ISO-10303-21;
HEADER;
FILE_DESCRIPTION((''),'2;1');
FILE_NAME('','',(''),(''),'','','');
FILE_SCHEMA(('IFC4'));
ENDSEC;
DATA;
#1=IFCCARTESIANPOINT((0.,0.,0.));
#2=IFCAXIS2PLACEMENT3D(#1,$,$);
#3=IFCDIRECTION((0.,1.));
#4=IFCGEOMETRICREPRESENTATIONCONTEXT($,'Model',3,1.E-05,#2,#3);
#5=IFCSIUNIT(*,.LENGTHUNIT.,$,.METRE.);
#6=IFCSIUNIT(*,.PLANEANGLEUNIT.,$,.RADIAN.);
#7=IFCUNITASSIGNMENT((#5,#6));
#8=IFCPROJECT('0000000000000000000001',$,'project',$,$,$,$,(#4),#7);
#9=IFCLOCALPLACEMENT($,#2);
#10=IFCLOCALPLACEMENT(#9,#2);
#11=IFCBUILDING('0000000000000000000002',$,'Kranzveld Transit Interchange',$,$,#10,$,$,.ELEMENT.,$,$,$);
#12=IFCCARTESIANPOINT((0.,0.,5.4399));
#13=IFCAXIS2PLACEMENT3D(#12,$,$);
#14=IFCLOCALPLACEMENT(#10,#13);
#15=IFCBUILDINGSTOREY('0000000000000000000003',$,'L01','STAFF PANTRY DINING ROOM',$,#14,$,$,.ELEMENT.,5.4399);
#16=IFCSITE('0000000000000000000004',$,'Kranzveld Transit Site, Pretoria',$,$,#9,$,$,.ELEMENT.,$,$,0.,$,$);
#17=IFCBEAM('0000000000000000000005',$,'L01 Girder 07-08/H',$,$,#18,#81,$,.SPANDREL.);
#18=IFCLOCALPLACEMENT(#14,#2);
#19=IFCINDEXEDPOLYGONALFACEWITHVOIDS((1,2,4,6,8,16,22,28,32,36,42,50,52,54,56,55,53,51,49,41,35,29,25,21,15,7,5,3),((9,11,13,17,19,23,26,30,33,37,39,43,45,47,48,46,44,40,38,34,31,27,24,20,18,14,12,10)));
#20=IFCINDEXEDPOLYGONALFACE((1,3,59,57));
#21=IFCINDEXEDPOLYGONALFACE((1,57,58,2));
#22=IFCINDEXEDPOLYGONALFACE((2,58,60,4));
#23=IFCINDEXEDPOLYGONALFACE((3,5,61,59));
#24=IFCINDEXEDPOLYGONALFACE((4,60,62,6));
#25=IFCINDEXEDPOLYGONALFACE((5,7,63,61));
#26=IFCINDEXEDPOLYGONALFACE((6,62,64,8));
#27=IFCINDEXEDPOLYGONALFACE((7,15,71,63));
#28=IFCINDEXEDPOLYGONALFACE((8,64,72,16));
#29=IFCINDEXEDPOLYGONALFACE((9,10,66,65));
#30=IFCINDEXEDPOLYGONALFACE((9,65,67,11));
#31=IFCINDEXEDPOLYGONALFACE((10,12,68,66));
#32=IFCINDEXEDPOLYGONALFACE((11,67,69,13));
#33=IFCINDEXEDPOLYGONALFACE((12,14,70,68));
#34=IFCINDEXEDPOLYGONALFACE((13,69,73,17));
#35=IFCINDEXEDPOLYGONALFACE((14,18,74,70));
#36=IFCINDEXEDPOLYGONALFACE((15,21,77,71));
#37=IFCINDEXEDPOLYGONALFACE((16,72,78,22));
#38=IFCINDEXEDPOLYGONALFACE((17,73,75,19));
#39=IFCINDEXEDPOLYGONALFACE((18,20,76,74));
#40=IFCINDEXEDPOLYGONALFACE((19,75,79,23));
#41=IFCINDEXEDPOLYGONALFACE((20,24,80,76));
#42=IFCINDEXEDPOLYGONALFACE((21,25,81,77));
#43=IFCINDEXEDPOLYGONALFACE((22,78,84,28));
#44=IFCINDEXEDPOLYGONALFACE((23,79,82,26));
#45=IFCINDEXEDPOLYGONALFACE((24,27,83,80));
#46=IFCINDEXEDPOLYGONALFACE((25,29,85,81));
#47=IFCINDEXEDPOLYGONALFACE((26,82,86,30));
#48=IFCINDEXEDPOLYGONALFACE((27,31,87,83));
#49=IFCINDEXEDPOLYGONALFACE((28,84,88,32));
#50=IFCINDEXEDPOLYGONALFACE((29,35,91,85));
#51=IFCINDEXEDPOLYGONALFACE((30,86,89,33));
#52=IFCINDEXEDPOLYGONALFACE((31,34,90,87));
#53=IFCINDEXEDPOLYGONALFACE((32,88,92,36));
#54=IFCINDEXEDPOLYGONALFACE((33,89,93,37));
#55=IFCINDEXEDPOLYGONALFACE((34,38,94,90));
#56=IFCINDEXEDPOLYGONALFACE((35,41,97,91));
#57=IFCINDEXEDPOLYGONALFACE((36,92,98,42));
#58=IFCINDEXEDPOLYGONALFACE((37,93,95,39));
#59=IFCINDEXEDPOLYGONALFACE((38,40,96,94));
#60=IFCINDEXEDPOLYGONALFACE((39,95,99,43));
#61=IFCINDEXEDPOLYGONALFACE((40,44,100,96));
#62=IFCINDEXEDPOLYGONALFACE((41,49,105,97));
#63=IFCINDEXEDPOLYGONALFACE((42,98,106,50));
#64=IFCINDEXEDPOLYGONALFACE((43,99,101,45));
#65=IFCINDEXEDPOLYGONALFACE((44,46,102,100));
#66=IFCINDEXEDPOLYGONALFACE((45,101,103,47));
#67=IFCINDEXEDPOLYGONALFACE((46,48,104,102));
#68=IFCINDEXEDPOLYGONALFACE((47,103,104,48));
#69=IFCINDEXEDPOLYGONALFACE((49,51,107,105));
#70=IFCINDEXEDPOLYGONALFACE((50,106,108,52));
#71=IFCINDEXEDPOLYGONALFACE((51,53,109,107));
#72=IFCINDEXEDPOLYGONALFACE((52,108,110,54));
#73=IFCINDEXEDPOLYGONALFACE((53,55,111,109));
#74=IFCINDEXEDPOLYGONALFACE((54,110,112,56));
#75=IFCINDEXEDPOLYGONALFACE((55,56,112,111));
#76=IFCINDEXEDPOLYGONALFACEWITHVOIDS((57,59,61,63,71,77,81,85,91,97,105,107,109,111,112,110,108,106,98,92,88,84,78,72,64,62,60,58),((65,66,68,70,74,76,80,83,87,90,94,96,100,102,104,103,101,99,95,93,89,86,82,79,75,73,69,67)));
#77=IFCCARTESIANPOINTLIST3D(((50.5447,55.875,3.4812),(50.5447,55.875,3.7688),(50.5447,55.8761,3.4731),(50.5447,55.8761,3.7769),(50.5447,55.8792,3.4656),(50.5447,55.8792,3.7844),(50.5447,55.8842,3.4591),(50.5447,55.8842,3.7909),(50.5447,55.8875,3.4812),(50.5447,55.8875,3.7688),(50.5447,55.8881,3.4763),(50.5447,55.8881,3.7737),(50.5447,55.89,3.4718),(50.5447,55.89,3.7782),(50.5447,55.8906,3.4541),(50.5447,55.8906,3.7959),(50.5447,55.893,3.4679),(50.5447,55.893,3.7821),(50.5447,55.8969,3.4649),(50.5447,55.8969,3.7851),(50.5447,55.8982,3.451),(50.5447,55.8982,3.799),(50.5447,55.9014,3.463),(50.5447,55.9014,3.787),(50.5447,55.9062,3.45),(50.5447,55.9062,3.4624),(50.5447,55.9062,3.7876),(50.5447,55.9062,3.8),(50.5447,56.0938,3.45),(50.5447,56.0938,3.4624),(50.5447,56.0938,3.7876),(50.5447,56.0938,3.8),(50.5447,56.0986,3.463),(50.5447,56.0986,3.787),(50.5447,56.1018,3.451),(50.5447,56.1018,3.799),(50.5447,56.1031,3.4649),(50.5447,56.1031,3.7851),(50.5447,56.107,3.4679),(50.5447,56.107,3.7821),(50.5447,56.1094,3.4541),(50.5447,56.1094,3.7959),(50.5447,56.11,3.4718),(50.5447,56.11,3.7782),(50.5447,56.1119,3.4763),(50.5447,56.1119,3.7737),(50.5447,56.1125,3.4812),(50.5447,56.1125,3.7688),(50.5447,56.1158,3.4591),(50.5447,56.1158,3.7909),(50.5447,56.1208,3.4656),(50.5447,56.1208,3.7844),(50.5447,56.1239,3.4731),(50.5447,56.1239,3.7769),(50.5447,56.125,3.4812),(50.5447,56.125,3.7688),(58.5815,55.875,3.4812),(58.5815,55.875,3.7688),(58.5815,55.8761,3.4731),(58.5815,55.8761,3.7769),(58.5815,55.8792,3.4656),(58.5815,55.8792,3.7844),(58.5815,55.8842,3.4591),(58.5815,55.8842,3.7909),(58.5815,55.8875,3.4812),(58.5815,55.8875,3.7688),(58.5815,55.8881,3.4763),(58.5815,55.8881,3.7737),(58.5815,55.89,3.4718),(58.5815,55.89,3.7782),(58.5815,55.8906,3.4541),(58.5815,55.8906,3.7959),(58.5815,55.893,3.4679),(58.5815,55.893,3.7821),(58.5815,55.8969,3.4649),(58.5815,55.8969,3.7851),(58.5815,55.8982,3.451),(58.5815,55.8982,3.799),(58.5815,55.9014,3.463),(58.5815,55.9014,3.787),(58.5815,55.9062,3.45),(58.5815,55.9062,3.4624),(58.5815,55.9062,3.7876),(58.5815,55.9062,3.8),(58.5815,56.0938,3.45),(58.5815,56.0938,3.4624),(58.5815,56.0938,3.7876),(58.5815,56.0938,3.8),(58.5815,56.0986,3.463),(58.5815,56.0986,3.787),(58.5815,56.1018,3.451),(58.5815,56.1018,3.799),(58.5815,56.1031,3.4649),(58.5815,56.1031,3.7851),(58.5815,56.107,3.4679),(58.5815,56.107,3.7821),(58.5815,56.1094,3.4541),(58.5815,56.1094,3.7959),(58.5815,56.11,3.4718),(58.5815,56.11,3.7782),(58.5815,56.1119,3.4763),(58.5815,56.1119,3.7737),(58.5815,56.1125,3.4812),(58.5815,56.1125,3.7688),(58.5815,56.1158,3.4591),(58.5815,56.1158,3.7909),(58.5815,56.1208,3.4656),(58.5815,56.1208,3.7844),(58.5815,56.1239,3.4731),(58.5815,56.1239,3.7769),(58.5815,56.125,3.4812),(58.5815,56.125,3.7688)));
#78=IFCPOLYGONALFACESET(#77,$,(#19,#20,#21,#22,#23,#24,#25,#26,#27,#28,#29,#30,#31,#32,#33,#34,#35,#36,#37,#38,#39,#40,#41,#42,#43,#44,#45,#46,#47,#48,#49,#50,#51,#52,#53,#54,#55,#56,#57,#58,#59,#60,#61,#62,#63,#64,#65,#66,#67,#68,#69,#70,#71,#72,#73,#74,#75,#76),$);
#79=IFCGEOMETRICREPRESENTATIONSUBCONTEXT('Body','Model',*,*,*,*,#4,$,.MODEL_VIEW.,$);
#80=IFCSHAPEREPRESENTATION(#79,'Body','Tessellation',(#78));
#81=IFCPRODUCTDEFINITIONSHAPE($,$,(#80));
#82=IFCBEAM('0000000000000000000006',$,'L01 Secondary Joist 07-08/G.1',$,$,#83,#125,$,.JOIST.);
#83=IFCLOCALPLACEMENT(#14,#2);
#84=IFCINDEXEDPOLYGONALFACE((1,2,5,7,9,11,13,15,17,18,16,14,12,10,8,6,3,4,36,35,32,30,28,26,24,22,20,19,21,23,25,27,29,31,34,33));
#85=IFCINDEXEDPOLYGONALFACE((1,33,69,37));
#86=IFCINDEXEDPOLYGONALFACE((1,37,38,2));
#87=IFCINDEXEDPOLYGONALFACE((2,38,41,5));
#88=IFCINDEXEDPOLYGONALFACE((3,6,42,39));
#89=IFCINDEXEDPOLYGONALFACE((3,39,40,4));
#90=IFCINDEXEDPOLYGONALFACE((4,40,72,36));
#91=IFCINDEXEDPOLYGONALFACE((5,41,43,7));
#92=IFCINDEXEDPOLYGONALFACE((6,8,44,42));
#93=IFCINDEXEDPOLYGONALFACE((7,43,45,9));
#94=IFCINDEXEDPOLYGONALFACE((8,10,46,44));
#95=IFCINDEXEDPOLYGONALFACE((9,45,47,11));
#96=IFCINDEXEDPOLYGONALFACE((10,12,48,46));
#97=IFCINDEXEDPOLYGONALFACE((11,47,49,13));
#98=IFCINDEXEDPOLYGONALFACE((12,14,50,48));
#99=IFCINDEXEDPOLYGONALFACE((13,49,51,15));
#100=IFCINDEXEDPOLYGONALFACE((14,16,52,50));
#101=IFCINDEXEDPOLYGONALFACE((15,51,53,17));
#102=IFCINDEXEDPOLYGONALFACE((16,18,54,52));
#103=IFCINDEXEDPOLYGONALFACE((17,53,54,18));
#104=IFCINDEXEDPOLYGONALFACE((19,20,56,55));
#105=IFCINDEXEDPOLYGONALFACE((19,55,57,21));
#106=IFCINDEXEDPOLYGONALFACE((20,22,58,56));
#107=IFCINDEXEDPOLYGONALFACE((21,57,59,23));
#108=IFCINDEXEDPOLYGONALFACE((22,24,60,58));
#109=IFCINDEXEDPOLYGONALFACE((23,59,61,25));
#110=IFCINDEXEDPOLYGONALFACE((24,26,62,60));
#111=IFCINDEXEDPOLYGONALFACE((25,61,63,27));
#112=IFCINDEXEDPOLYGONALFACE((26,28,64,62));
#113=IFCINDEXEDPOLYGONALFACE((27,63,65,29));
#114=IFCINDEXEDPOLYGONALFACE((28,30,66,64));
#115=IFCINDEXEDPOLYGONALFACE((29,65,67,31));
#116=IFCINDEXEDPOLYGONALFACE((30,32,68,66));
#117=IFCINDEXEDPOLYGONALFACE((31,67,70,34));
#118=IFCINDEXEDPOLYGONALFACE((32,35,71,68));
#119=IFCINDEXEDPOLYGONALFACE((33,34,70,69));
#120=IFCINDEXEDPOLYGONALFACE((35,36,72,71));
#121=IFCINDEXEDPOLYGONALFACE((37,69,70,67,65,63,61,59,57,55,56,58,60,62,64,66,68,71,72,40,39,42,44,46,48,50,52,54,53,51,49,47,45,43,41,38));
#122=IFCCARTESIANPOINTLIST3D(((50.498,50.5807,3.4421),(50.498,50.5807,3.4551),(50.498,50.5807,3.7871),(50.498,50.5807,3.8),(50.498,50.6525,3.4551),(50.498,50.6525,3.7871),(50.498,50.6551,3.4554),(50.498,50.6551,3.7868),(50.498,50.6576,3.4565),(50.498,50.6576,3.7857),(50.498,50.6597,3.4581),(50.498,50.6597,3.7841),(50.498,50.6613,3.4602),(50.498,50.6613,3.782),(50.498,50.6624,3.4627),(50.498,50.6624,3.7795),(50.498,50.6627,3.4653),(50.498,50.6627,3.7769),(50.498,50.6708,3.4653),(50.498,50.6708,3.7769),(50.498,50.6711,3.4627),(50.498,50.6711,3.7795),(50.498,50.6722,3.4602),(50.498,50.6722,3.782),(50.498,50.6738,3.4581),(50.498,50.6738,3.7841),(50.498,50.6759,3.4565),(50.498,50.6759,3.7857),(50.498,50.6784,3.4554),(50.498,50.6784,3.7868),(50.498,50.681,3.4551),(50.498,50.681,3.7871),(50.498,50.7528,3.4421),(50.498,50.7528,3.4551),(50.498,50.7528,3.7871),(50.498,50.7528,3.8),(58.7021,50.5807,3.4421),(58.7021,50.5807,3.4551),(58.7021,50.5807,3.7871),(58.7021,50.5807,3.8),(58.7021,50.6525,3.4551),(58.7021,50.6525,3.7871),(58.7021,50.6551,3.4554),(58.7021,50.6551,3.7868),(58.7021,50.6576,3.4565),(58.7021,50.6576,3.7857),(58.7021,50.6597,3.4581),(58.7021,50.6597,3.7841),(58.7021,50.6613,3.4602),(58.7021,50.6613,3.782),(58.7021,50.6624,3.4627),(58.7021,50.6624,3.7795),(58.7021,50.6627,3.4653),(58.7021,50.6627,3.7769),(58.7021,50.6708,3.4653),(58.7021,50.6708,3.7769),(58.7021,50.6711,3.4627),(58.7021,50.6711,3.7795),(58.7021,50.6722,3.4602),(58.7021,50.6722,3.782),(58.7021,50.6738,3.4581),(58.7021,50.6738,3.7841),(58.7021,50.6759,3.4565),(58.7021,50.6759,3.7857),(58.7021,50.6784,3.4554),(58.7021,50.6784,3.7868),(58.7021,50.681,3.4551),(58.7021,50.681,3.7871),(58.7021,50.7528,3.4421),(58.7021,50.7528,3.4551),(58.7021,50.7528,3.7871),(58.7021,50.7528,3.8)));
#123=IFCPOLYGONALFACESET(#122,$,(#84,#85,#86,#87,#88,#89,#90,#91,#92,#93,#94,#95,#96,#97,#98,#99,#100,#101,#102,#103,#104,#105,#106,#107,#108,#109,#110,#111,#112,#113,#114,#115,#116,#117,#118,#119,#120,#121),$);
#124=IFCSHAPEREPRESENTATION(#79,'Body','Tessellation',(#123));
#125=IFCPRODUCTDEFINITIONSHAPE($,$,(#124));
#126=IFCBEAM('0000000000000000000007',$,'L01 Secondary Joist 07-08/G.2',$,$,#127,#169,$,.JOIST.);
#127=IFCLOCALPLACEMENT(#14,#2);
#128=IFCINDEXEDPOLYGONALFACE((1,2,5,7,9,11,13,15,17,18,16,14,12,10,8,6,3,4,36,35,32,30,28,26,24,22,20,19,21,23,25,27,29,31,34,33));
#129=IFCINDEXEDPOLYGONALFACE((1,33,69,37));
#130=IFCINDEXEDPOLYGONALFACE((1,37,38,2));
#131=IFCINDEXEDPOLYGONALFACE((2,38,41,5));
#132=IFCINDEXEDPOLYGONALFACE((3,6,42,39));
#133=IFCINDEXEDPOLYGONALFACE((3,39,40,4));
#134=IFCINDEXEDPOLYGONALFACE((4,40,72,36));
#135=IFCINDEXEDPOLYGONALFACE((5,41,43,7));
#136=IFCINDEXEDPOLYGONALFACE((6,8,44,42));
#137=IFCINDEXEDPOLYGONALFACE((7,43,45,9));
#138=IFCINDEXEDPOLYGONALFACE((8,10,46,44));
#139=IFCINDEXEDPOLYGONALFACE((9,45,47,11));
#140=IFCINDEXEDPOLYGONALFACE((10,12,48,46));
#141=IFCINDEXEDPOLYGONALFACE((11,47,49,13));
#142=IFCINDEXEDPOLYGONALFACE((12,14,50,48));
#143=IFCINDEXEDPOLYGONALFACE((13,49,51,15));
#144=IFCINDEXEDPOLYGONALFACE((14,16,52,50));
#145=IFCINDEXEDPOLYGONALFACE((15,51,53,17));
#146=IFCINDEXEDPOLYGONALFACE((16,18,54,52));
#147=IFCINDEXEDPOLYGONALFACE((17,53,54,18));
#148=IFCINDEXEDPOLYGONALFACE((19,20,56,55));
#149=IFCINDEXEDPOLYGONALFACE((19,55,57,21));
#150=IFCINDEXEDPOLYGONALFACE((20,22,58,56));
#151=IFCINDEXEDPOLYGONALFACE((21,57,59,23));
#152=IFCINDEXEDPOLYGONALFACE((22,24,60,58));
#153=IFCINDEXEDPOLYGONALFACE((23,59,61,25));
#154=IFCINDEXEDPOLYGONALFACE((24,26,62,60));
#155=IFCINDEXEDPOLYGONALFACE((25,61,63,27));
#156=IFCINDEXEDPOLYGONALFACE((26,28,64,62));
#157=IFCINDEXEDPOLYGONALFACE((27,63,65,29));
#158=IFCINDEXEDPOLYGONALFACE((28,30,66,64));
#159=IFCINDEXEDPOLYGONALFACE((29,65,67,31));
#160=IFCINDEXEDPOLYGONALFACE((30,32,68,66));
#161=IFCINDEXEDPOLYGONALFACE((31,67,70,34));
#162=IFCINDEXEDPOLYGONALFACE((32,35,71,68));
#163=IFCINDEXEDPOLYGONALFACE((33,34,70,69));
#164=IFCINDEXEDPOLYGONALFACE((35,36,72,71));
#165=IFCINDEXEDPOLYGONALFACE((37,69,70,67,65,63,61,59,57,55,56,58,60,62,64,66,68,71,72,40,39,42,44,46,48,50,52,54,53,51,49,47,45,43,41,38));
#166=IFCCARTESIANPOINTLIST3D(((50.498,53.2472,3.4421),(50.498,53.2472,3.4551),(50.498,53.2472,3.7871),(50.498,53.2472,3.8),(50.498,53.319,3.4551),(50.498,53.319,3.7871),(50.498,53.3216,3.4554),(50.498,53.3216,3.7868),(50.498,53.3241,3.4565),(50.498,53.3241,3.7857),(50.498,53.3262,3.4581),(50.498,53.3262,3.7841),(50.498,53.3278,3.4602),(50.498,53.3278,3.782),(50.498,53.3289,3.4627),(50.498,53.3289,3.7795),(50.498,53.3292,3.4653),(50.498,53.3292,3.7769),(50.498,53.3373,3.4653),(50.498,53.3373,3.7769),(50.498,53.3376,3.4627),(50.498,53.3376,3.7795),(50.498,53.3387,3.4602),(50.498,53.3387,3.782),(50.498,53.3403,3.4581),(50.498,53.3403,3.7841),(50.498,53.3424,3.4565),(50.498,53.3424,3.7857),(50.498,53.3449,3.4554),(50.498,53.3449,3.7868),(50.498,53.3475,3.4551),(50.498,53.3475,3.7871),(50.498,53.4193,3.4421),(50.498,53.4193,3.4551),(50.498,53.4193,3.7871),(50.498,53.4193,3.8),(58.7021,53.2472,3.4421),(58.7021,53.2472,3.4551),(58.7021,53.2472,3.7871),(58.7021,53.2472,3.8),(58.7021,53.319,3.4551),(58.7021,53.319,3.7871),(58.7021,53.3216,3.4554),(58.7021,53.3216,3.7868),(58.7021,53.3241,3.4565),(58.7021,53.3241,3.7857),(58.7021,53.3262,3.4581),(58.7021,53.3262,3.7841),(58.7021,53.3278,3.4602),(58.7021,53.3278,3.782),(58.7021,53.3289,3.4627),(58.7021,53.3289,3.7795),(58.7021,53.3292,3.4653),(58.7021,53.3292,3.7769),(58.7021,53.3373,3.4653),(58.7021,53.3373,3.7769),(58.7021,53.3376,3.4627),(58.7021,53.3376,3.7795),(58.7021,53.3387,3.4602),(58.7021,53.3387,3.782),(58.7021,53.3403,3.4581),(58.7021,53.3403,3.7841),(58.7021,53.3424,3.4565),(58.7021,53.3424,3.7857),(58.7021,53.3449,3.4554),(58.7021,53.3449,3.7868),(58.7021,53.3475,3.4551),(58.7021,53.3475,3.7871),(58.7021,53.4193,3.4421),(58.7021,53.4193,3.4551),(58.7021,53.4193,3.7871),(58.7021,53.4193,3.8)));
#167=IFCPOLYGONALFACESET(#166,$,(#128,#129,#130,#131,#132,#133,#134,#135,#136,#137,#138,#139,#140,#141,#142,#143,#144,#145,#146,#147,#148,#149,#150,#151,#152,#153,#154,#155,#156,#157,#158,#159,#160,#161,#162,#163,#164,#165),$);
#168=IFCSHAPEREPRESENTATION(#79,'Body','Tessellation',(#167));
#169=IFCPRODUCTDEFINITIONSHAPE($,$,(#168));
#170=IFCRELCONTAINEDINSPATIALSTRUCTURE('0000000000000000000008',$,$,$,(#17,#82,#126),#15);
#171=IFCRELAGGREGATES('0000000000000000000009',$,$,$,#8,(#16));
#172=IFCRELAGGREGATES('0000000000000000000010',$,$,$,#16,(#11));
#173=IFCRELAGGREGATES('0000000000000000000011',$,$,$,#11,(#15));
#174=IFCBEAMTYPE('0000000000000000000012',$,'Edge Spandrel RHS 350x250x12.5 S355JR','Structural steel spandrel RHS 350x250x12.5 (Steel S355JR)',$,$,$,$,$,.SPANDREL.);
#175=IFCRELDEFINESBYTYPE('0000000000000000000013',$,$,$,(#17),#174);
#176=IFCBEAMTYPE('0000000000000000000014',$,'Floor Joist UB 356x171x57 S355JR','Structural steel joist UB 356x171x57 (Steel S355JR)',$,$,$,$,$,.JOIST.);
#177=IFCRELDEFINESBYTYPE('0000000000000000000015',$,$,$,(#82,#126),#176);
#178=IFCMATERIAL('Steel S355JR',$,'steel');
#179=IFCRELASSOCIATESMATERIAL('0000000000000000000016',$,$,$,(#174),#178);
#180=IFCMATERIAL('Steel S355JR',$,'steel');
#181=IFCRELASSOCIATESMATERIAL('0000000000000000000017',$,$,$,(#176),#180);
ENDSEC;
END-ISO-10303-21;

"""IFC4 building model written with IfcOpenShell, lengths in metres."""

from ifc_helpers import new_model, si_unit, direction, frame, origin, origin_2d, place, context, subcontext, project, spatial, hollow_rectangle, i_section, extrude, material, material_profile, profile_set, type_object, element, save


model = new_model("IFC4")

# Units and contexts
model_context = context("Model", 3, precision=1e-05, world=origin(), true_north=direction((0.0, 1.0)))
body_context = subcontext(model_context, "Body", "Model", "MODEL_VIEW")
ifc_project = project(units=[si_unit("LENGTHUNIT", "METRE"), si_unit("PLANEANGLEUNIT", "RADIAN")], contexts=[model_context])

# Site, building, storey
site_placement = place(None, origin())
site = spatial("IfcSite", under=ifc_project, at=site_placement, Name="Kranzveld Transit Site, Pretoria", CompositionType="ELEMENT", RefElevation=0.0)
building_placement = place(site_placement, origin())
building = spatial("IfcBuilding", under=site, at=building_placement, Name="Kranzveld Transit Interchange", CompositionType="ELEMENT")
storey_placement = place(building_placement, frame((0.0, 0.0, 5.4399)))
storey = spatial("IfcBuildingStorey", under=building, at=storey_placement, Name="L01", Description="STAFF PANTRY DINING ROOM", CompositionType="ELEMENT", Elevation=5.4399)

# Beams
ifc_material_1 = material(Name="Steel S355JR", Category="steel")
ifc_material_profile_1 = material_profile(ifc_material_1, hollow_rectangle(XDim=0.25, YDim=0.3501, WallThickness=0.0125, InnerFilletRadius=0.0188, OuterFilletRadius=0.0312, at=origin_2d()), Name="RHS 350x250x12.5")
ifc_profile_set_1 = profile_set([ifc_material_profile_1], Name="Steel S355JR")
beam_type_1 = type_object("IfcBeamType", Name="Edge Spandrel RHS 350x250x12.5 S355JR", Description="Structural steel spandrel RHS 350x250x12.5 (Steel S355JR)", PredefinedType="SPANDREL", material=ifc_profile_set_1)
beam_1_placement = place(storey_placement, frame((50.5447, 56.0, 3.625), z_axis=(1.0, 0.0, 0.0), x_axis=(0.0, 1.0, 0.0)))
element("IfcBeam", 1, at=beam_1_placement, inside=storey, type_object=beam_type_1, Name="L01 Girder 07-08/H", PredefinedType="SPANDREL", context=body_context, shape_type="SweptSolid", body=[
    extrude(hollow_rectangle(XDim=0.25, YDim=0.3501, WallThickness=0.0125, InnerFilletRadius=0.0188, OuterFilletRadius=0.0312, at=origin_2d()), origin(), (0.0, 0.0, 1.0), 8.0369),
])
ifc_material_2 = material(Name="Steel S355JR", Category="steel")
ifc_material_profile_2 = material_profile(ifc_material_2, i_section(OverallWidth=0.1721, OverallDepth=0.3579, WebThickness=0.0081, FlangeThickness=0.0129, FilletRadius=0.0103, at=origin_2d()), Name="UB 356x171x57")
ifc_profile_set_2 = profile_set([ifc_material_profile_2], Name="Steel S355JR")
beam_type_2 = type_object("IfcBeamType", Name="Floor Joist UB 356x171x57 S355JR", Description="Structural steel joist UB 356x171x57 (Steel S355JR)", PredefinedType="JOIST", material=ifc_profile_set_2)
for number, where, z_axis, x_axis, name in (
    (2, (50.498, 50.6667, 3.6211), (1.0, 0.0, 0.0), (0.0, 1.0, 0.0), "L01 Secondary Joist 07-08/G.1"),
    (3, (50.498, 53.3333, 3.6211), (1.0, 0.0, 0.0), (0.0, 1.0, 0.0), "L01 Secondary Joist 07-08/G.2"),
):
    element("IfcBeam", number, at=place(storey_placement, frame(where, z_axis=z_axis, x_axis=x_axis)), inside=storey, type_object=beam_type_2, Name=name, PredefinedType="JOIST", context=body_context, shape_type="SweptSolid", body=[
        extrude(i_section(OverallWidth=0.1721, OverallDepth=0.3579, WebThickness=0.0081, FlangeThickness=0.0129, FilletRadius=0.0103, at=origin_2d()), origin(), (0.0, 0.0, 1.0), 8.2041),
    ])

save(model, "model.ifc")
